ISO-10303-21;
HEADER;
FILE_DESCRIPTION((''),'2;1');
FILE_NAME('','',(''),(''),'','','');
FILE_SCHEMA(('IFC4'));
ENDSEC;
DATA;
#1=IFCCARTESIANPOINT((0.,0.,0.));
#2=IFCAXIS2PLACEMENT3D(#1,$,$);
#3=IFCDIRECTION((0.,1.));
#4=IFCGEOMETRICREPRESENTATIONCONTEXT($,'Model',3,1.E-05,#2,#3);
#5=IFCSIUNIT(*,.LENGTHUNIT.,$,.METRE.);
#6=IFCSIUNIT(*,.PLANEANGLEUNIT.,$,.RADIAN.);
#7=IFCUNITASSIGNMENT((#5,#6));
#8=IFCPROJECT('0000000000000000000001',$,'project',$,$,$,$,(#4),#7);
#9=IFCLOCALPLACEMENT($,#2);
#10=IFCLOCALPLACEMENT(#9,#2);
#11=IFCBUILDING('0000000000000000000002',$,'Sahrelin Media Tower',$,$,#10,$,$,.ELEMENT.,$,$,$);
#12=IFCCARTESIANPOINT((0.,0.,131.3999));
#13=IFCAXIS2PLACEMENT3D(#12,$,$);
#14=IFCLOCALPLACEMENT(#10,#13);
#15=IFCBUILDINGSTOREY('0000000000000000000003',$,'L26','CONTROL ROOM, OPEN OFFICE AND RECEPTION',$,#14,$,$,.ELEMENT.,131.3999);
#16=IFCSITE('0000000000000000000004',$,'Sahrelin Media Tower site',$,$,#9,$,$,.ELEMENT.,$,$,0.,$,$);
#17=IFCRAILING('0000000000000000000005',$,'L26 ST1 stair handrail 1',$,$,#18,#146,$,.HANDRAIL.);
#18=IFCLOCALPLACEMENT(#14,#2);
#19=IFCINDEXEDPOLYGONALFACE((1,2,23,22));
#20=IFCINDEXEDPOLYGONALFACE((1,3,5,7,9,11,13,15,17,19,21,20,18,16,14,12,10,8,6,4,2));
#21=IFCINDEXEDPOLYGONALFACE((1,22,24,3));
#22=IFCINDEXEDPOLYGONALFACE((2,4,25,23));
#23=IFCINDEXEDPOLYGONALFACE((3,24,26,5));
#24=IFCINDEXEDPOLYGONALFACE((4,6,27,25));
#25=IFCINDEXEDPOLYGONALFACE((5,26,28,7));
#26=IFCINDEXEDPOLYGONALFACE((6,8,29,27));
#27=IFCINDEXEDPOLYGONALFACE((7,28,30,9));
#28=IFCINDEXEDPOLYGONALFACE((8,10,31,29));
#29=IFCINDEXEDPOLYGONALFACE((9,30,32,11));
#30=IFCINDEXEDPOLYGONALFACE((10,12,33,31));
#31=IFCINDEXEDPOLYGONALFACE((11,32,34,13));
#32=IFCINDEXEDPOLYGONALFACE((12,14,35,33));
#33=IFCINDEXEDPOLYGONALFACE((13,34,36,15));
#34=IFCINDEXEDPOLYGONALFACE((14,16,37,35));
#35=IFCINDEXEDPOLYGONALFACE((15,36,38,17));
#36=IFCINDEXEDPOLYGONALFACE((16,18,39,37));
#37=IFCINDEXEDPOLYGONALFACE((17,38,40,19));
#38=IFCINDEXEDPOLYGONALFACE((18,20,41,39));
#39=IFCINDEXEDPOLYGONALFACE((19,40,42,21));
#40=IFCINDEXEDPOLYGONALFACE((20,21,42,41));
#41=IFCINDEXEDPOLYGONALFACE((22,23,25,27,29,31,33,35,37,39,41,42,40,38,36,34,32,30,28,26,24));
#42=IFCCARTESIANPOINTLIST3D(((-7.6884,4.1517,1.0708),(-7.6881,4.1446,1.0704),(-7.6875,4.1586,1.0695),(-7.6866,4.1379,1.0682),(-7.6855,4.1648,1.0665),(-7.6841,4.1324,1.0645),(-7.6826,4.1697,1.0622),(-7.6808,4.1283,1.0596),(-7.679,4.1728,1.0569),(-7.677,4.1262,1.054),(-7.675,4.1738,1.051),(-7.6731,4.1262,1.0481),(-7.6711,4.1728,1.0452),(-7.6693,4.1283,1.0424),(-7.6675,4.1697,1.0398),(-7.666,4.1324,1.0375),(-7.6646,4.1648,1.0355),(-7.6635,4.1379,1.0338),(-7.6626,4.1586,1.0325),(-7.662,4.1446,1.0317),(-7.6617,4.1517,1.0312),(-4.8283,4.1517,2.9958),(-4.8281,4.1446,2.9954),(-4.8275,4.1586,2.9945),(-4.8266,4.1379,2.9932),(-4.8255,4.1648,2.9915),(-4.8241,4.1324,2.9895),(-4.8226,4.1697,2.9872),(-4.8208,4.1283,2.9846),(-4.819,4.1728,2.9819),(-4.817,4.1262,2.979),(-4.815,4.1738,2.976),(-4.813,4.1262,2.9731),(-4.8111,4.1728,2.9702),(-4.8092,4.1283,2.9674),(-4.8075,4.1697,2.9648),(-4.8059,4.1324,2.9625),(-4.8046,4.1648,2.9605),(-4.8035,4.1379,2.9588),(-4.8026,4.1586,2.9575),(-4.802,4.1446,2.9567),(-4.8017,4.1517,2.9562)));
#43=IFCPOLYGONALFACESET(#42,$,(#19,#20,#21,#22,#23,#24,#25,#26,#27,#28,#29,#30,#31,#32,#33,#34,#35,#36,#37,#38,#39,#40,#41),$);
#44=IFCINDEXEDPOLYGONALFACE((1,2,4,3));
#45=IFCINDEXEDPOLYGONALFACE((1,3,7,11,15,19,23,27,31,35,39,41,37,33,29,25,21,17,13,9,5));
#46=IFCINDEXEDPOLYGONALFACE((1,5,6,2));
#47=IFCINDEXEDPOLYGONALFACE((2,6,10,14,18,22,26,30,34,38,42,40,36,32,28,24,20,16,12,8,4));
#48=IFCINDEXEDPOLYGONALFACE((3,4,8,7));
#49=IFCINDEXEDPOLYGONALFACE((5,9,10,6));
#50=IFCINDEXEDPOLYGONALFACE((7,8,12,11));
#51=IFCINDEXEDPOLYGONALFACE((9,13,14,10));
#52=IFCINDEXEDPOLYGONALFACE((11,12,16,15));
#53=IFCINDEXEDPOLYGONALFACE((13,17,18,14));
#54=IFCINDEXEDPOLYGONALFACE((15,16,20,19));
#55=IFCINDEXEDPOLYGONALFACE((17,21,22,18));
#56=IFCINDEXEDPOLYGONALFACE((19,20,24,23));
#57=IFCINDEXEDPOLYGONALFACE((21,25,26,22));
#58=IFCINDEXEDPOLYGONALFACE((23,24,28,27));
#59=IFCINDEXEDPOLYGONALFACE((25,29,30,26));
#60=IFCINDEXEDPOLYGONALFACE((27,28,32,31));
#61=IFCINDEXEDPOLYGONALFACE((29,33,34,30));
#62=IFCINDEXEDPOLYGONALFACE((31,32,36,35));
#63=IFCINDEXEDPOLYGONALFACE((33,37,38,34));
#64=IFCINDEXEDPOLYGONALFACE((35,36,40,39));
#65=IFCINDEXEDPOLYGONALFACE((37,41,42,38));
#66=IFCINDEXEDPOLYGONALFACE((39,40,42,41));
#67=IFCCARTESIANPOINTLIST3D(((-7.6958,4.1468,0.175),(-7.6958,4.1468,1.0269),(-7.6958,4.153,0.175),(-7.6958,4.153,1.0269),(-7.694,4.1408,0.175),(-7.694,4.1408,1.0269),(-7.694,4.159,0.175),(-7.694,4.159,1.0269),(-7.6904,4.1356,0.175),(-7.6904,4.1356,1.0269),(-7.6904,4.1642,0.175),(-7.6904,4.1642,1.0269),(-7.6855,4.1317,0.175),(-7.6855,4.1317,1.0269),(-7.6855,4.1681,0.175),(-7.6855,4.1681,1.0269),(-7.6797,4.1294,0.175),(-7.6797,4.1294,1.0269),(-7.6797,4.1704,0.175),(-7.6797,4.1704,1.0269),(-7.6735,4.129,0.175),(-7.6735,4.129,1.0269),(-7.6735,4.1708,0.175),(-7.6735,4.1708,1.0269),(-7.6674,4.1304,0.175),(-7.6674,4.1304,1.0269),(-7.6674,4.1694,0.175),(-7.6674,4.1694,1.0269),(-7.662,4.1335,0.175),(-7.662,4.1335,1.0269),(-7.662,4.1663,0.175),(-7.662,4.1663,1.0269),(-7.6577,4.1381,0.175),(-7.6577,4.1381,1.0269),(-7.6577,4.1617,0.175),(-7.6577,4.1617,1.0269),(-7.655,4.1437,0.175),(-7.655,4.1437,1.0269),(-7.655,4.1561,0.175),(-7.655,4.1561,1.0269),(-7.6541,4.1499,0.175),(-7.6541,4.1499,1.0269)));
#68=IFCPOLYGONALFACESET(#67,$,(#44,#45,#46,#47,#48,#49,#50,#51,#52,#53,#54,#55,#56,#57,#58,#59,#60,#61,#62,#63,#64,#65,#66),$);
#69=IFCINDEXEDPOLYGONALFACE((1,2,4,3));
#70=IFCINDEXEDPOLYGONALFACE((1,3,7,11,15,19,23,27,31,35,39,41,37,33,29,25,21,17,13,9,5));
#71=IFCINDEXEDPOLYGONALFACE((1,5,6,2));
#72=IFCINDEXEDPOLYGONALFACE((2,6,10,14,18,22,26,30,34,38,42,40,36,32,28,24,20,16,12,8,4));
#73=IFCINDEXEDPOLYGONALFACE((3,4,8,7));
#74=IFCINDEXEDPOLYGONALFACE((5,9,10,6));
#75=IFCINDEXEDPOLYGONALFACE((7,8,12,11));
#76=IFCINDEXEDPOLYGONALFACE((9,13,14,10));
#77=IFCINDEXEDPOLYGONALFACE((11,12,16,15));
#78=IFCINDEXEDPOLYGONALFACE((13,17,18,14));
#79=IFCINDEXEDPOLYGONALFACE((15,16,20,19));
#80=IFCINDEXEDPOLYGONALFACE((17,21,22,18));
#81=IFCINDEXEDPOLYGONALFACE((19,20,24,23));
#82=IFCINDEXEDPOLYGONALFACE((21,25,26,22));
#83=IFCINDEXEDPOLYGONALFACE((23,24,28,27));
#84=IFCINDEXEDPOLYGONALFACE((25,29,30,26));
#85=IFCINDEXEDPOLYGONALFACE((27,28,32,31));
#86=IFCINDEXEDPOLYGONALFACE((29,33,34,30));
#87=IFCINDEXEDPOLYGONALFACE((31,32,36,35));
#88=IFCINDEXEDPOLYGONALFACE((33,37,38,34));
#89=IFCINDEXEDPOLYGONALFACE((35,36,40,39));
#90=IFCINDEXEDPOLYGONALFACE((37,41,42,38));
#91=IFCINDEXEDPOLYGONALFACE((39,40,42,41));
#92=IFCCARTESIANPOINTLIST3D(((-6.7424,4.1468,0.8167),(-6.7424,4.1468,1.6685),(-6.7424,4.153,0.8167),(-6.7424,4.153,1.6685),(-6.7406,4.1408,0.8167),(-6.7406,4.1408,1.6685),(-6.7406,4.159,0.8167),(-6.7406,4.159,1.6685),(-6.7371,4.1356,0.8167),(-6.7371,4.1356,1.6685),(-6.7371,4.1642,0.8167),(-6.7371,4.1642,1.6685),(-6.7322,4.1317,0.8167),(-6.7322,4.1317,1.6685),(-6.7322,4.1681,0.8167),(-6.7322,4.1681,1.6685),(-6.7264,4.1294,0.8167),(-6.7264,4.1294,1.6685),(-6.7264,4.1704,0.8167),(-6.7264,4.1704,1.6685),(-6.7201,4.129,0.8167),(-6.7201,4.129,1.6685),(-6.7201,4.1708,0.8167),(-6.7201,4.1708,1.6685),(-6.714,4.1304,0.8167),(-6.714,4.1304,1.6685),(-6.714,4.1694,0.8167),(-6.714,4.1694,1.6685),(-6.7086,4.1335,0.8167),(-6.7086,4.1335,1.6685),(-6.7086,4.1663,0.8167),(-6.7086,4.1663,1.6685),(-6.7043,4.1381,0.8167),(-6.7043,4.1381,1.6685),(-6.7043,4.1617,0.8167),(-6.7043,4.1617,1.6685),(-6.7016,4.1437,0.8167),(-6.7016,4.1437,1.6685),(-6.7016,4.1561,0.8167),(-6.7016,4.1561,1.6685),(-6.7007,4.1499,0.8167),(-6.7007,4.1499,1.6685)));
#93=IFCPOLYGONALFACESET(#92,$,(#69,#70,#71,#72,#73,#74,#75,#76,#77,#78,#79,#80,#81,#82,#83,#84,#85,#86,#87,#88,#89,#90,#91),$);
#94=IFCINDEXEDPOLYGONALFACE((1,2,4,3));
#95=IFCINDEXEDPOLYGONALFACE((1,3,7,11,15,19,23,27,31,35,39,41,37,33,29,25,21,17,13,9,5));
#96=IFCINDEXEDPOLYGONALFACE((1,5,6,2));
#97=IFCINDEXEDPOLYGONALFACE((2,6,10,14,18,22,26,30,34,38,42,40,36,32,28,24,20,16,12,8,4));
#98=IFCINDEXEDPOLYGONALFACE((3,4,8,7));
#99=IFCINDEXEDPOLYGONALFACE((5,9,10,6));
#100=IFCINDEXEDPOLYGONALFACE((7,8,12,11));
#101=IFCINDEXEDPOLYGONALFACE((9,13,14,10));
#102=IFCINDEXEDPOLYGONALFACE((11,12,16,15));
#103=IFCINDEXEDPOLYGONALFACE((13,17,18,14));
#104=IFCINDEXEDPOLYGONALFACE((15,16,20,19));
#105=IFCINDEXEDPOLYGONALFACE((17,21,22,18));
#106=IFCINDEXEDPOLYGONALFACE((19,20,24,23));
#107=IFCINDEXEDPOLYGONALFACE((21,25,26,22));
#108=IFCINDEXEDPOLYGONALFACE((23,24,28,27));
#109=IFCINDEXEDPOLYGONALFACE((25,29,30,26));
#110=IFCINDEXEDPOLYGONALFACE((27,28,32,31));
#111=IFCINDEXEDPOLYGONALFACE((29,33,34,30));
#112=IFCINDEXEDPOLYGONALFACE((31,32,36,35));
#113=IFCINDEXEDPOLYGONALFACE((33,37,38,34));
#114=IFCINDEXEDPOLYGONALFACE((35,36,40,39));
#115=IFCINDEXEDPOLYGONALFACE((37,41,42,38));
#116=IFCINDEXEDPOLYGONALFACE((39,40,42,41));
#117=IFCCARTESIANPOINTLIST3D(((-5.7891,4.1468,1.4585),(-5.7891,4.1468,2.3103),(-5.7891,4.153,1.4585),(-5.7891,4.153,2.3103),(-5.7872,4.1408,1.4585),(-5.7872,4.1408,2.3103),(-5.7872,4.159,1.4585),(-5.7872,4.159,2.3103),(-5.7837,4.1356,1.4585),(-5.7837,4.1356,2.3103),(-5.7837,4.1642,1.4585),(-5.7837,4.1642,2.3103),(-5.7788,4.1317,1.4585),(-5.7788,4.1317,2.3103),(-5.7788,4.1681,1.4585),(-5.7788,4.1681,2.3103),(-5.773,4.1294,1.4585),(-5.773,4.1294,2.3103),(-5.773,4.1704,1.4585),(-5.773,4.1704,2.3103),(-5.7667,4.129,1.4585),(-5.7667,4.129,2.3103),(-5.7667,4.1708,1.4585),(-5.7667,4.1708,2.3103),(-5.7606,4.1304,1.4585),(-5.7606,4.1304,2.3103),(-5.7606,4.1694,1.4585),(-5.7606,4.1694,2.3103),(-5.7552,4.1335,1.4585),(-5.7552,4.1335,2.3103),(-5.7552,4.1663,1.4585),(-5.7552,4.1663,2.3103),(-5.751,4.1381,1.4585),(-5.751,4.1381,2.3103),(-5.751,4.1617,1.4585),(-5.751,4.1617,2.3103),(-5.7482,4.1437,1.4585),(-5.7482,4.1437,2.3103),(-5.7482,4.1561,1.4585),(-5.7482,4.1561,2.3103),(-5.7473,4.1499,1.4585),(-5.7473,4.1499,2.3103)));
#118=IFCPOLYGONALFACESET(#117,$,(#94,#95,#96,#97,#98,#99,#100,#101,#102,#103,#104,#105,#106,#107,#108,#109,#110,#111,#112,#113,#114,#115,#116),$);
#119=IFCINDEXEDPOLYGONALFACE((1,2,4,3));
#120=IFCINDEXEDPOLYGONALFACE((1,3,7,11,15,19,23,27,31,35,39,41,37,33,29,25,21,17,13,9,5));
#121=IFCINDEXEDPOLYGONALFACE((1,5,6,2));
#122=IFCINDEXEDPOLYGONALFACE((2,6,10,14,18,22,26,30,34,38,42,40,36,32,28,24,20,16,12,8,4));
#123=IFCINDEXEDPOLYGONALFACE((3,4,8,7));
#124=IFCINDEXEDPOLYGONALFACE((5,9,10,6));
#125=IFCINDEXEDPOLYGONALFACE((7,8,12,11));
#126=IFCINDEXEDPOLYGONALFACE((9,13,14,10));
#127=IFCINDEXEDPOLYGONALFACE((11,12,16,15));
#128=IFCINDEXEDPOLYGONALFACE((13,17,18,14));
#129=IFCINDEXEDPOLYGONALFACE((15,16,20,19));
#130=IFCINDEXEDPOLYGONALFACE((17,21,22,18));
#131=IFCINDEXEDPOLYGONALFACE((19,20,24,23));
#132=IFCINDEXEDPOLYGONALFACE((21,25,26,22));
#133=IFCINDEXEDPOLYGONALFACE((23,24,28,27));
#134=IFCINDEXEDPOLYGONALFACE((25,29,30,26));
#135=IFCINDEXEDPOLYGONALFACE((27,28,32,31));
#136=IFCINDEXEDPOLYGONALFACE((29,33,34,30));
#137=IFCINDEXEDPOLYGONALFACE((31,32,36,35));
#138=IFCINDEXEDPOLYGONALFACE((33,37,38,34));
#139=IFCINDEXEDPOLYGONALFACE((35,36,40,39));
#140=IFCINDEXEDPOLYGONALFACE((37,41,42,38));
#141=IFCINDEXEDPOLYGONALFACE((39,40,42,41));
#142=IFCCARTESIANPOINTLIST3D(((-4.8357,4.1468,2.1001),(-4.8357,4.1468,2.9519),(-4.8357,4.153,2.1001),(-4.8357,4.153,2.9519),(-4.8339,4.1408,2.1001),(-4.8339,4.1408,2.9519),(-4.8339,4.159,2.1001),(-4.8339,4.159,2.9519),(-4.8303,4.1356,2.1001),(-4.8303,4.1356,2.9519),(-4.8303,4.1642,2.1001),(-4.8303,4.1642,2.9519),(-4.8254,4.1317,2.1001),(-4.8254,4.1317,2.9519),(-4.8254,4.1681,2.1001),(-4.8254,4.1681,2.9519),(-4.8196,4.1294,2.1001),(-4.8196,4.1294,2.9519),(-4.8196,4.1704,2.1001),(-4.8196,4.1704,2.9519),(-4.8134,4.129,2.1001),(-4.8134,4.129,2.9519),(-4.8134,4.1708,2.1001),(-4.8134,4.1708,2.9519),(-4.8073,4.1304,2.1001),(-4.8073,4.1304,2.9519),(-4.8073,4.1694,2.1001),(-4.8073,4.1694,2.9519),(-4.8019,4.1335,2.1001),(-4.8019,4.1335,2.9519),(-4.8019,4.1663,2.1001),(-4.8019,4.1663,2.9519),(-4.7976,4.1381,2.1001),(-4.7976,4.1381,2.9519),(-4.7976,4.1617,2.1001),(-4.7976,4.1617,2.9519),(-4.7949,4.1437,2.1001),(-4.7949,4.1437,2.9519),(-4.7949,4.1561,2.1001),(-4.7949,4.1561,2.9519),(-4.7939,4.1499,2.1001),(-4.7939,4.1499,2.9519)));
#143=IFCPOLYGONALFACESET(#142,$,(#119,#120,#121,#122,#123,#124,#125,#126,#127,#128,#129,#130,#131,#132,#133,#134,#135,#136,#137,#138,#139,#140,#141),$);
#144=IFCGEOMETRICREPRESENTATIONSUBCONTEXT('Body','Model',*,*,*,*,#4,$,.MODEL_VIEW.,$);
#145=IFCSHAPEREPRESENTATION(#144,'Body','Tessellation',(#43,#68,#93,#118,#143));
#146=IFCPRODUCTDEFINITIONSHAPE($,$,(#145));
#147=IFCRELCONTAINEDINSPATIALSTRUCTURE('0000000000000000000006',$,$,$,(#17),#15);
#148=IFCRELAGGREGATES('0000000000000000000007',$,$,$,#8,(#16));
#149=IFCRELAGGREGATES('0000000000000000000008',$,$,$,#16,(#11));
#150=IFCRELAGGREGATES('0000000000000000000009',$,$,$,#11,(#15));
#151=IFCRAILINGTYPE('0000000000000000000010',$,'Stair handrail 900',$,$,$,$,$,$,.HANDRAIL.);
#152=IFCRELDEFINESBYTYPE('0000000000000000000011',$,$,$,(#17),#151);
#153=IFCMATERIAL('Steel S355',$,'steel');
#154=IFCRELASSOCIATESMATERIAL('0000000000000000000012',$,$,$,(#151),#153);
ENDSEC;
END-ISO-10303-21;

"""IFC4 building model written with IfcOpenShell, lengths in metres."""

from ifc_helpers import new_model, si_unit, direction, frame, origin, origin_2d, place, context, subcontext, project, spatial, circle, extrude, material, type_object, element, save


model = new_model("IFC4")

# Units and contexts
model_context = context("Model", 3, precision=1e-05, world=origin(), true_north=direction((0.0, 1.0)))
body_context = subcontext(model_context, "Body", "Model", "MODEL_VIEW")
ifc_project = project(units=[si_unit("LENGTHUNIT", "METRE"), si_unit("PLANEANGLEUNIT", "RADIAN")], contexts=[model_context])

# Site, building, storey
site_placement = place(None, origin())
site = spatial("IfcSite", under=ifc_project, at=site_placement, Name="Sahrelin Media Tower site", CompositionType="ELEMENT", RefElevation=0.0)
building_placement = place(site_placement, origin())
building = spatial("IfcBuilding", under=site, at=building_placement, Name="Sahrelin Media Tower", CompositionType="ELEMENT")
storey_placement = place(building_placement, frame((0.0, 0.0, 131.3999)))
storey = spatial("IfcBuildingStorey", under=building, at=storey_placement, Name="L26", Description="CONTROL ROOM, OPEN OFFICE AND RECEPTION", CompositionType="ELEMENT", Elevation=131.3999)

# Shared definitions
ifc_material_1 = material(Name="Steel S355", Category="steel")

# Railing
railing_type_1 = type_object("IfcRailingType", Name="Stair handrail 900", PredefinedType="HANDRAIL", material=ifc_material_1)
railing_1_placement = place(storey_placement, frame((-7.675, 4.1499, 0.175)))
element("IfcRailing", 1, at=railing_1_placement, inside=storey, type_object=railing_type_1, Name="L26 ST1 stair handrail 1", PredefinedType="HANDRAIL", context=body_context, shape_type="SweptSolid", body=[
    extrude(circle(Radius=0.0239, at=origin_2d()), frame((0.0, 0.0, 0.876), z_axis=(0.829591, 0.0, 0.558372), x_axis=(0.0, 1.0, 0.0)), (0.0, 0.0, 1.0), 3.4475),
    extrude(circle(Radius=0.021, at=origin_2d()), origin(), (0.0, 0.0, 1.0), 0.8518),
    extrude(circle(Radius=0.021, at=origin_2d()), frame((0.9534, 0.0, 0.6416)), (0.0, 0.0, 1.0), 0.8518),
    extrude(circle(Radius=0.021, at=origin_2d()), frame((1.9067, 0.0, 1.2834)), (0.0, 0.0, 1.0), 0.8518),
    extrude(circle(Radius=0.021, at=origin_2d()), frame((2.8601, 0.0, 1.925)), (0.0, 0.0, 1.0), 0.8518),
])

save(model, "model.ifc")
